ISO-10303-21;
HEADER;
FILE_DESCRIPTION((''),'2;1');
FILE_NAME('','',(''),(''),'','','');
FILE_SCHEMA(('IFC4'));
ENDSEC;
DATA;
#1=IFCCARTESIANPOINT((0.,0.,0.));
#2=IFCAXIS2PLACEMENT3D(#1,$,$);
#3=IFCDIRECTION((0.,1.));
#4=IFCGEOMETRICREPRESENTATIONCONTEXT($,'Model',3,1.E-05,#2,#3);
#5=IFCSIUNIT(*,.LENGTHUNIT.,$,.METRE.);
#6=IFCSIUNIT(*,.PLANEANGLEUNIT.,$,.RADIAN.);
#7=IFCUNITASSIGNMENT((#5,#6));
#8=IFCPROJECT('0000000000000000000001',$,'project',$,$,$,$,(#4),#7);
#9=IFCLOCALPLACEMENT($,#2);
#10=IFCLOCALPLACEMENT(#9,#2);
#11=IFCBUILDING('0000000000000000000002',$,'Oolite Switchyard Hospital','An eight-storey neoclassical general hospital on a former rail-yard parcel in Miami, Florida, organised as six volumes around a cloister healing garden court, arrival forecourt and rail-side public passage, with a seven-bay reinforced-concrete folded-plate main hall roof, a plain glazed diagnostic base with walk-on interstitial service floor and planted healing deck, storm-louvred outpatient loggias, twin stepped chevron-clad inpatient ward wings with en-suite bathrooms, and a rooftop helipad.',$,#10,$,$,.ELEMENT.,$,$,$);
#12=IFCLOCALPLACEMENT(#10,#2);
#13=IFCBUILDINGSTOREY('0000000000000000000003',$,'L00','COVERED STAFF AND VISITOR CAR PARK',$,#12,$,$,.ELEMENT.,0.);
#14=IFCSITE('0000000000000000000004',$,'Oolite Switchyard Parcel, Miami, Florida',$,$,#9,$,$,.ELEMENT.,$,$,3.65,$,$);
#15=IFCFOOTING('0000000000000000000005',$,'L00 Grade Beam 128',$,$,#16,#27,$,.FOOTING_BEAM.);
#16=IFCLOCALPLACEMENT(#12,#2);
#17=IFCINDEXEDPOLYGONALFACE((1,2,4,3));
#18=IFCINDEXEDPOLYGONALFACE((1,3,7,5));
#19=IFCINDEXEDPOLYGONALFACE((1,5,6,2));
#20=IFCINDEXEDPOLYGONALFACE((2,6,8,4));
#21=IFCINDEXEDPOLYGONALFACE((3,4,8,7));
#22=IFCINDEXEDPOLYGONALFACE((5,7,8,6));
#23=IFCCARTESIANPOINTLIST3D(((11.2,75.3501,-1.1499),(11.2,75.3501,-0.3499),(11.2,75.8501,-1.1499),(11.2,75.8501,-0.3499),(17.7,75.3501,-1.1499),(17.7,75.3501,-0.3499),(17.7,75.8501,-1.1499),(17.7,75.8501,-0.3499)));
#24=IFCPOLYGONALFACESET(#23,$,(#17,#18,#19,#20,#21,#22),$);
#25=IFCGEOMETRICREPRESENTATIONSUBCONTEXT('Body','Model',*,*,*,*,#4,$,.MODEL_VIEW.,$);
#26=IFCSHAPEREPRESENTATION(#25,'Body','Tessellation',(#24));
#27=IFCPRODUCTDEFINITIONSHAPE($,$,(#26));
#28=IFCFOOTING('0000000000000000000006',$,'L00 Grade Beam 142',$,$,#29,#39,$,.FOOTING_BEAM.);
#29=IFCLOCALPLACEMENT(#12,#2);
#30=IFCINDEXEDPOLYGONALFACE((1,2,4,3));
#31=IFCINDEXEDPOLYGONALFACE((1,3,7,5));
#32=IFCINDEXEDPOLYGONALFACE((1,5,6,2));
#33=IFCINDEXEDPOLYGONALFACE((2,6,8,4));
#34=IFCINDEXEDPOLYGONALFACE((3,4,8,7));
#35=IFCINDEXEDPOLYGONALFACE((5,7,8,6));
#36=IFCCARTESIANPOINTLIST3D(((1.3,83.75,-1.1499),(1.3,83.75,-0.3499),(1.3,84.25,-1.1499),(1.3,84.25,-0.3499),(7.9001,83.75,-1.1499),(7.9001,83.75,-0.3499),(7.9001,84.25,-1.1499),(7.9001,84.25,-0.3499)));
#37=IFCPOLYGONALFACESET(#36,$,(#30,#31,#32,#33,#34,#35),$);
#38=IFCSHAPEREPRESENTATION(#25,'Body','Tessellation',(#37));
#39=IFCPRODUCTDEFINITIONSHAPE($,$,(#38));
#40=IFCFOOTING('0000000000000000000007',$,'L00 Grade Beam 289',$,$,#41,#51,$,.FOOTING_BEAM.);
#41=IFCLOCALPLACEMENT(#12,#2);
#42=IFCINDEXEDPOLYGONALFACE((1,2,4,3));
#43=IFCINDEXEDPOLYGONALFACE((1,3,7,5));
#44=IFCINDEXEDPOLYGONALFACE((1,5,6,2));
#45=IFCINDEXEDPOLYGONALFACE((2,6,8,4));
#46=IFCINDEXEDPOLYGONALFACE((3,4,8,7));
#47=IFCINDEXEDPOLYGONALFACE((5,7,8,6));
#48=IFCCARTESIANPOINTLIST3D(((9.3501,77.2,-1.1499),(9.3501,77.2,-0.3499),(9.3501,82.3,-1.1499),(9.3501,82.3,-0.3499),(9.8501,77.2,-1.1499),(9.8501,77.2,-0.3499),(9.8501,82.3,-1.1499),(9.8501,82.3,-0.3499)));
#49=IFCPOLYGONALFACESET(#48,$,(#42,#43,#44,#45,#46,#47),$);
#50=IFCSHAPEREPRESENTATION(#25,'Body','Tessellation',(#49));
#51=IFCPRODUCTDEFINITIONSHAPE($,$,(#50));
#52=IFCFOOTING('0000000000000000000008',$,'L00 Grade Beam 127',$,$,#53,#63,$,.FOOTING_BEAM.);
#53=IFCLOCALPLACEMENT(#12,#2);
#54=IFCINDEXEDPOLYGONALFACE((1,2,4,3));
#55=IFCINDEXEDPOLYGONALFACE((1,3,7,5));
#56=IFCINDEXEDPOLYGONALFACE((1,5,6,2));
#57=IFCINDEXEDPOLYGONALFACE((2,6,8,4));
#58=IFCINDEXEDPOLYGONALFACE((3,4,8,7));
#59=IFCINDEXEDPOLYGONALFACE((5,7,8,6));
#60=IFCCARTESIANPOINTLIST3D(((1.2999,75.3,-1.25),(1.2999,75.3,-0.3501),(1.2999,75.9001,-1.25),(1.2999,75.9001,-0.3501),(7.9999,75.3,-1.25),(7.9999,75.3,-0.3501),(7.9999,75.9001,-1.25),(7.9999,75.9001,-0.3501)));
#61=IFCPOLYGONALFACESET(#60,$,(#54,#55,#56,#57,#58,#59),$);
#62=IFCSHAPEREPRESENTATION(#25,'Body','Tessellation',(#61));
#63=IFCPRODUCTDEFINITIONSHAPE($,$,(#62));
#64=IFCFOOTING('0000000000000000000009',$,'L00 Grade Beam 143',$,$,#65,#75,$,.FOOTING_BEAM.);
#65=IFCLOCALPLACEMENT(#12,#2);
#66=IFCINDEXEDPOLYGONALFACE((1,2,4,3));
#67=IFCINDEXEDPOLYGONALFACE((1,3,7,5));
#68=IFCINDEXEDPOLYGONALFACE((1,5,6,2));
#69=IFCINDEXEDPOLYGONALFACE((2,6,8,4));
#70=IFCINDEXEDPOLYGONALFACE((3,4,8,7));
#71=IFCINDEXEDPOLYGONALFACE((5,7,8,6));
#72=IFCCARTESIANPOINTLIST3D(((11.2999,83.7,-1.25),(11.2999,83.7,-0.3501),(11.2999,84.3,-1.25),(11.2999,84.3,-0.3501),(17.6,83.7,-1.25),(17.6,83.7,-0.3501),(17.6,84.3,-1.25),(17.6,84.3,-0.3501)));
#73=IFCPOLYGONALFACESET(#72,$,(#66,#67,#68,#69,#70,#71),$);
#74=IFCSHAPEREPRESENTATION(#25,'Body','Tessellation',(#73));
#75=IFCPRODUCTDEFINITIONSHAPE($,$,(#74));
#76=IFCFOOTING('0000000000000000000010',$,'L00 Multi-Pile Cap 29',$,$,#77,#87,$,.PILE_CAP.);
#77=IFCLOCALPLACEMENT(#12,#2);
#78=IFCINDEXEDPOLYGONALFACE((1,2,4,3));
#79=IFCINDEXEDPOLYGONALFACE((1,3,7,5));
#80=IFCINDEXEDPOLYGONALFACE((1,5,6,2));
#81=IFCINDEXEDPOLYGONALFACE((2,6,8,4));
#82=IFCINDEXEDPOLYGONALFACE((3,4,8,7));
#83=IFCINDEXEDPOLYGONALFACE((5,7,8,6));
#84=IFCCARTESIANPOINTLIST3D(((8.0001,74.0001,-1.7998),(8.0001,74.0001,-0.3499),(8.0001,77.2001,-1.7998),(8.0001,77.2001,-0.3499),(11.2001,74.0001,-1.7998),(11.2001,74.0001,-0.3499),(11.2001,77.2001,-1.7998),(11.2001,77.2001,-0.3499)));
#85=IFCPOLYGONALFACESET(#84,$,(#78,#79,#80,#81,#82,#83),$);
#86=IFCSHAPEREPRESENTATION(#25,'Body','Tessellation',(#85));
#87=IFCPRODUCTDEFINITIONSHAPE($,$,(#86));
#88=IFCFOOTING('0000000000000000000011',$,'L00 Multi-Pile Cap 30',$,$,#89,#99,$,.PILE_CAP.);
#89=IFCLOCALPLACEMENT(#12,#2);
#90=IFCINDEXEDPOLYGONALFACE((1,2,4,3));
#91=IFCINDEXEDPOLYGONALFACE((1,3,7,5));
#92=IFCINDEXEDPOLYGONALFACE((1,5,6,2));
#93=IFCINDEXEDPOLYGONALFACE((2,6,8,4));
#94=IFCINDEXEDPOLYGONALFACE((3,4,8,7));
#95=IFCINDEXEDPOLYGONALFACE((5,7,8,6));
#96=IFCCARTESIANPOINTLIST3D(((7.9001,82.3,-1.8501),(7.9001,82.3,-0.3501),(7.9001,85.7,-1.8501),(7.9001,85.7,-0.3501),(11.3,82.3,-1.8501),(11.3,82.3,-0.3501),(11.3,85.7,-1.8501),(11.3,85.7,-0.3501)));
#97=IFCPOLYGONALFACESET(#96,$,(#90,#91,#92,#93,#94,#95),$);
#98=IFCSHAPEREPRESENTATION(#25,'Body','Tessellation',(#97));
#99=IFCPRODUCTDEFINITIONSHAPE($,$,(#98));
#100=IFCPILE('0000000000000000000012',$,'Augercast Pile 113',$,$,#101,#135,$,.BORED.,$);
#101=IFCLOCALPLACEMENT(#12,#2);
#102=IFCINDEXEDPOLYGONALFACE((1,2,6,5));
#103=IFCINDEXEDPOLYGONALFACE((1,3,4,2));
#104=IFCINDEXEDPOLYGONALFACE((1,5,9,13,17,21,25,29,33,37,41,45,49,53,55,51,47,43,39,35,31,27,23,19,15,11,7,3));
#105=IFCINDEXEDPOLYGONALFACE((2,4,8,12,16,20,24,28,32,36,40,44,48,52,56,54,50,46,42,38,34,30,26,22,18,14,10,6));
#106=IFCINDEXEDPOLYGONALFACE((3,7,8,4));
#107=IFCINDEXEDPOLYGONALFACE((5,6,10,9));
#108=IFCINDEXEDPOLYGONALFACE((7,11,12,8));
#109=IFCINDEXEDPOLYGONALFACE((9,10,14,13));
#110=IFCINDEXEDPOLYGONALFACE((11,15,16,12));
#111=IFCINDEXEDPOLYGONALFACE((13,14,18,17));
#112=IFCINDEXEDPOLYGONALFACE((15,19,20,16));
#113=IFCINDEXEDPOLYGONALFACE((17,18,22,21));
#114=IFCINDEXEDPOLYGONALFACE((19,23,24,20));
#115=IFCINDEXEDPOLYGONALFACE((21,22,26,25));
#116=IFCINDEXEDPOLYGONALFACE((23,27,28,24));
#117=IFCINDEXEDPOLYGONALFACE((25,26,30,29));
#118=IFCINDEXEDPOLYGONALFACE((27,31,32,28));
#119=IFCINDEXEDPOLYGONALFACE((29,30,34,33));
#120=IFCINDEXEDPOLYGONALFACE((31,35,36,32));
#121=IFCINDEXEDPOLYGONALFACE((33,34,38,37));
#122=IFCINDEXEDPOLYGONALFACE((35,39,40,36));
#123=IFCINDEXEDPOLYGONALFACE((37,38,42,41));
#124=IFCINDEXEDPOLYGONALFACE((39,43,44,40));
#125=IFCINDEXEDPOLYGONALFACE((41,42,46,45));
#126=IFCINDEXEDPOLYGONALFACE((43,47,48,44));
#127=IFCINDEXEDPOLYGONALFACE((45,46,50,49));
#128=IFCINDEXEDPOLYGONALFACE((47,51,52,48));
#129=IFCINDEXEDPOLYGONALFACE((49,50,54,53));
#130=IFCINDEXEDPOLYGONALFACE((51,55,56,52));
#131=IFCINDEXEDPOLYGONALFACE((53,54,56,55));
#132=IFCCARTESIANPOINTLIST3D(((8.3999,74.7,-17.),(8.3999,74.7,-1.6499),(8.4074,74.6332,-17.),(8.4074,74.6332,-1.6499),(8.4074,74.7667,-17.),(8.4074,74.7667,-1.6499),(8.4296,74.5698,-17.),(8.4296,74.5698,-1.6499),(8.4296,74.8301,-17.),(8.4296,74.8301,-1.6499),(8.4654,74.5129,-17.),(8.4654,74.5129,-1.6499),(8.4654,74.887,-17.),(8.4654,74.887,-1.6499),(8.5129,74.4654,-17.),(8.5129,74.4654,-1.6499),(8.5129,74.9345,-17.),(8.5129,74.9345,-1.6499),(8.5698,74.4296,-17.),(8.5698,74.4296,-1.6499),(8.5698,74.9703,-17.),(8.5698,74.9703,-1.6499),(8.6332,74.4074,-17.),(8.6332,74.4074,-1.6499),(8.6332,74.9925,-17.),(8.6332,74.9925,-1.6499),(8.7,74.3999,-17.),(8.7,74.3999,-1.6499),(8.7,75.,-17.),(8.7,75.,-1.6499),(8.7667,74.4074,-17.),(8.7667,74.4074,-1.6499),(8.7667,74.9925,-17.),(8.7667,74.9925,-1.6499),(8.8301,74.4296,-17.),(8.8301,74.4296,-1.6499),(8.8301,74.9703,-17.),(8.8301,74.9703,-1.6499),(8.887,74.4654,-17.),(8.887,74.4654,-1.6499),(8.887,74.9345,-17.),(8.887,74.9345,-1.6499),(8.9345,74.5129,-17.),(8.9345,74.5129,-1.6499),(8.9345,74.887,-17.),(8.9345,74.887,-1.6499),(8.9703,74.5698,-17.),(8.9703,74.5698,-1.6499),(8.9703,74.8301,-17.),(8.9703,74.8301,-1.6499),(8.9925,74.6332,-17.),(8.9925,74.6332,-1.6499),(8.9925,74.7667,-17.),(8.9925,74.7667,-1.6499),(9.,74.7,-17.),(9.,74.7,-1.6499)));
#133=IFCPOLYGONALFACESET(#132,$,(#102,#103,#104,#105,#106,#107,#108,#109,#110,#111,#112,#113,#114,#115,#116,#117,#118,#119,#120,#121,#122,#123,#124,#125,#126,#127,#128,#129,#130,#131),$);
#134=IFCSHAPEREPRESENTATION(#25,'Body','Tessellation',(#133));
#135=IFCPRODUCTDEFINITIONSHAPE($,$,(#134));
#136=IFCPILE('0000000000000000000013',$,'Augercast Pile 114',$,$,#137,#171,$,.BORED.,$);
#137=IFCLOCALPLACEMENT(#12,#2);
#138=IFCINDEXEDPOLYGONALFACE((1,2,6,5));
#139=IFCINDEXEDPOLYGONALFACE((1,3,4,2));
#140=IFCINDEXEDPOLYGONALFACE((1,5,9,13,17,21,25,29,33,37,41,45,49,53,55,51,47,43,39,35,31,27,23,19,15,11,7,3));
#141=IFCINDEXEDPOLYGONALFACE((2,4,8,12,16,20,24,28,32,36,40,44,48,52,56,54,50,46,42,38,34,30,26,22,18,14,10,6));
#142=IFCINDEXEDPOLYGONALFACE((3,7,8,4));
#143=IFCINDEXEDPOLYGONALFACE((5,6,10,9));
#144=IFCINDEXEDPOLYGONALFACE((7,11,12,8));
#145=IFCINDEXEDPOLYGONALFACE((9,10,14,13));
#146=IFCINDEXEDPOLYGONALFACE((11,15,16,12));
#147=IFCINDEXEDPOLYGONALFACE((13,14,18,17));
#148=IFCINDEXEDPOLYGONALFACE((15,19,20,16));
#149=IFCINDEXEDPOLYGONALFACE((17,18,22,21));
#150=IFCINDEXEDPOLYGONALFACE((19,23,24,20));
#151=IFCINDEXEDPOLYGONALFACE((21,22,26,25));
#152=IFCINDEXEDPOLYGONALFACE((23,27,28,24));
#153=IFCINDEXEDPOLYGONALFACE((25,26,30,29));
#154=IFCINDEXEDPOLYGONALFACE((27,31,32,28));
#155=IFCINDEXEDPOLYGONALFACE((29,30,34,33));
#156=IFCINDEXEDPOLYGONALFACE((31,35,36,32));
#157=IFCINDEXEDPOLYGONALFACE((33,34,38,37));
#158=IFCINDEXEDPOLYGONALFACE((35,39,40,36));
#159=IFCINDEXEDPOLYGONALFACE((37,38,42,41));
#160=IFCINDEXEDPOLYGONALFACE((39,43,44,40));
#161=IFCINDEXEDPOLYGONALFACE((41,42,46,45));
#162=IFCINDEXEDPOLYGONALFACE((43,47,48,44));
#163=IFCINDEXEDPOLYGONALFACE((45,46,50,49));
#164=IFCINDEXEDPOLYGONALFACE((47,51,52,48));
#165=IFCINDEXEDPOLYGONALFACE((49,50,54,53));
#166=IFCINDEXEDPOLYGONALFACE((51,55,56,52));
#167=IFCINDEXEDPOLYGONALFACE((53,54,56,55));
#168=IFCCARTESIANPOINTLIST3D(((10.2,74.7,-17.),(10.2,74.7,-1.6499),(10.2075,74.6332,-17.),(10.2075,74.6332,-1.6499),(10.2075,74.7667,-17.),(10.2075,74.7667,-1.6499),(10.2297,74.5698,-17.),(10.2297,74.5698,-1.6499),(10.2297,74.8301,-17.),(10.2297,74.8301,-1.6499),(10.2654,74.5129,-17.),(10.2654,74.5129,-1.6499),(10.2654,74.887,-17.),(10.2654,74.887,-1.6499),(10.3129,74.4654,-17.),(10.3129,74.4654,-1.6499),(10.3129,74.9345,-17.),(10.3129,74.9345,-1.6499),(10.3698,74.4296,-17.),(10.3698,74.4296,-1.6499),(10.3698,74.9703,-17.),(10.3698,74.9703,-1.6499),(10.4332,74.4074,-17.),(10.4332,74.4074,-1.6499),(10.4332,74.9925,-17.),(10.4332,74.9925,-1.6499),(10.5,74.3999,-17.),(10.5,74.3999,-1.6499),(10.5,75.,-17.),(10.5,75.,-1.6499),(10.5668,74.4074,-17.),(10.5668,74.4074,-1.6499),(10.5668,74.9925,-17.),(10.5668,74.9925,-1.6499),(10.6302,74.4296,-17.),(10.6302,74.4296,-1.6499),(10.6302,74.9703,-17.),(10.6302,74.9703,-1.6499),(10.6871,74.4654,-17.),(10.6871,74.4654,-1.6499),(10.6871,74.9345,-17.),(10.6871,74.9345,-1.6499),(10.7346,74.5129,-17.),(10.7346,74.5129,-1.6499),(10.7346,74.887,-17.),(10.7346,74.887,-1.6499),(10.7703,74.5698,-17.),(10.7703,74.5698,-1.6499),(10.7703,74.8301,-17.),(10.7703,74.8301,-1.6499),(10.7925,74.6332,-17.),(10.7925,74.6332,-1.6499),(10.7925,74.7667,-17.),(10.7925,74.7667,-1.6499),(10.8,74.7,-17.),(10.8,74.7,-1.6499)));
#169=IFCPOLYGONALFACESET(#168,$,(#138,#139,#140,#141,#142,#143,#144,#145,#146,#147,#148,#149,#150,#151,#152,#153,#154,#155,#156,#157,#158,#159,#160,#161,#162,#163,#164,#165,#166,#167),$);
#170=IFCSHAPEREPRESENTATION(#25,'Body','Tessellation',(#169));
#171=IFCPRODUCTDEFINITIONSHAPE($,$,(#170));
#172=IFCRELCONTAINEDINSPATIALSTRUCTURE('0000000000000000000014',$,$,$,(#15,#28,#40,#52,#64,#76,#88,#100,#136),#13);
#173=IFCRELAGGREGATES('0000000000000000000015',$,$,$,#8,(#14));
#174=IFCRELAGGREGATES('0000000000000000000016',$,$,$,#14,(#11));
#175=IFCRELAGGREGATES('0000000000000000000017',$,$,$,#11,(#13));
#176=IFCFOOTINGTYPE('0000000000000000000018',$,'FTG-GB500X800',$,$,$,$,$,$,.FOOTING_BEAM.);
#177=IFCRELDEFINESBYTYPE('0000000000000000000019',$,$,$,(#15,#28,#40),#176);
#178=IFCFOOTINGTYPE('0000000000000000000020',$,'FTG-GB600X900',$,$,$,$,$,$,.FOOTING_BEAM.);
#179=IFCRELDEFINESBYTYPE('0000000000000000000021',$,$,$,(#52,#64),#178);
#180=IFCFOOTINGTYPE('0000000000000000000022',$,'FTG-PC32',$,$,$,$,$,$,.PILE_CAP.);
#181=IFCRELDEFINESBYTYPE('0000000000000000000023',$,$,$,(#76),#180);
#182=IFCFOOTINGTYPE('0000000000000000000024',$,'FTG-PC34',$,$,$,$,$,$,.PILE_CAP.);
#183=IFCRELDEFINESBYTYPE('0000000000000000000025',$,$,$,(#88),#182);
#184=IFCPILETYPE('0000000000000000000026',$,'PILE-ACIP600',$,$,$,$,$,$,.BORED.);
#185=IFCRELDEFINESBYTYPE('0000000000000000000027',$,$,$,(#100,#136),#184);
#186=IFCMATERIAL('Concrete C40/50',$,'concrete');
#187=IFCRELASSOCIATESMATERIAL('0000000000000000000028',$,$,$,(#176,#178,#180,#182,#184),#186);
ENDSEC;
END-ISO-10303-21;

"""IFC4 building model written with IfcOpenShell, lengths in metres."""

from ifc_helpers import new_model, si_unit, direction, frame, origin, origin_2d, place, context, subcontext, project, spatial, rectangle, circle, extrude, material, material_profile, profile_set, type_object, element, save


model = new_model("IFC4")

# Units and contexts
model_context = context("Model", 3, precision=1e-05, world=origin(), true_north=direction((0.0, 1.0)))
body_context = subcontext(model_context, "Body", "Model", "MODEL_VIEW")
ifc_project = project(units=[si_unit("LENGTHUNIT", "METRE"), si_unit("PLANEANGLEUNIT", "RADIAN")], contexts=[model_context])

# Site, building, storey
site_placement = place(None, origin())
site = spatial("IfcSite", under=ifc_project, at=site_placement, Name="Oolite Switchyard Parcel, Miami, Florida", CompositionType="ELEMENT", RefElevation=3.65)
building_placement = place(site_placement, origin())
building = spatial("IfcBuilding", under=site, at=building_placement, Name="Oolite Switchyard Hospital", Description="An eight-storey neoclassical general hospital on a former rail-yard parcel in Miami, Florida, organised as six volumes around a cloister healing garden court, arrival forecourt and rail-side public passage, with a seven-bay reinforced-concrete folded-plate main hall roof, a plain glazed diagnostic base with walk-on interstitial service floor and planted healing deck, storm-louvred outpatient loggias, twin stepped chevron-clad inpatient ward wings with en-suite bathrooms, and a rooftop helipad.", CompositionType="ELEMENT")
storey_placement = place(building_placement, origin())
storey = spatial("IfcBuildingStorey", under=building, at=storey_placement, Name="L00", Description="COVERED STAFF AND VISITOR CAR PARK", CompositionType="ELEMENT", Elevation=0.0)

# Footings
ifc_material_1 = material(Name="Concrete C40/50", Category="concrete")
footing_type_1 = type_object("IfcFootingType", Name="FTG-GB500X800", PredefinedType="FOOTING_BEAM", material=ifc_material_1)
footing_1_placement = place(storey_placement, frame((14.45, 75.6001, -1.1499), z_axis=(0.0, 0.0, 1.0), x_axis=(1.0, 0.0, 0.0)))
element("IfcFooting", 1, at=footing_1_placement, inside=storey, type_object=footing_type_1, Name="L00 Grade Beam 128", PredefinedType="FOOTING_BEAM", context=body_context, shape_type="SweptSolid", body=[
    extrude(rectangle(XDim=6.5, YDim=0.5, at=origin_2d()), origin(), (0.0, 0.0, 1.0), 0.8),
])
footing_2_placement = place(storey_placement, frame((4.6001, 84.0, -1.1499), z_axis=(0.0, 0.0, 1.0), x_axis=(1.0, 0.0, 0.0)))
element("IfcFooting", 2, at=footing_2_placement, inside=storey, type_object=footing_type_1, Name="L00 Grade Beam 142", PredefinedType="FOOTING_BEAM", context=body_context, shape_type="SweptSolid", body=[
    extrude(rectangle(XDim=6.6001, YDim=0.5, at=origin_2d()), origin(), (0.0, 0.0, 1.0), 0.8),
])
footing_3_placement = place(storey_placement, frame((9.6001, 79.75, -1.1499), z_axis=(0.0, 0.0, 1.0), x_axis=(0.0, 1.0, 0.0)))
element("IfcFooting", 3, at=footing_3_placement, inside=storey, type_object=footing_type_1, Name="L00 Grade Beam 289", PredefinedType="FOOTING_BEAM", context=body_context, shape_type="SweptSolid", body=[
    extrude(rectangle(XDim=5.1001, YDim=0.5, at=origin_2d()), origin(), (0.0, 0.0, 1.0), 0.8),
])
footing_type_2 = type_object("IfcFootingType", Name="FTG-GB600X900", PredefinedType="FOOTING_BEAM", material=ifc_material_1)
footing_4_placement = place(storey_placement, frame((4.6499, 75.6001, -1.25), z_axis=(0.0, 0.0, 1.0), x_axis=(1.0, 0.0, 0.0)))
element("IfcFooting", 4, at=footing_4_placement, inside=storey, type_object=footing_type_2, Name="L00 Grade Beam 127", PredefinedType="FOOTING_BEAM", context=body_context, shape_type="SweptSolid", body=[
    extrude(rectangle(XDim=6.7, YDim=0.6001, at=origin_2d()), origin(), (0.0, 0.0, 1.0), 0.8999),
])
footing_5_placement = place(storey_placement, frame((14.45, 84.0, -1.25), z_axis=(0.0, 0.0, 1.0), x_axis=(1.0, 0.0, 0.0)))
element("IfcFooting", 5, at=footing_5_placement, inside=storey, type_object=footing_type_2, Name="L00 Grade Beam 143", PredefinedType="FOOTING_BEAM", context=body_context, shape_type="SweptSolid", body=[
    extrude(rectangle(XDim=6.3, YDim=0.6001, at=origin_2d()), origin(), (0.0, 0.0, 1.0), 0.8999),
])
footing_type_3 = type_object("IfcFootingType", Name="FTG-PC32", PredefinedType="PILE_CAP", material=ifc_material_1)
footing_6_placement = place(storey_placement, frame((9.6001, 75.6001, -1.7998), z_axis=(0.0, 0.0, 1.0), x_axis=(1.0, 0.0, 0.0)))
element("IfcFooting", 6, at=footing_6_placement, inside=storey, type_object=footing_type_3, Name="L00 Multi-Pile Cap 29", PredefinedType="PILE_CAP", context=body_context, shape_type="SweptSolid", body=[
    extrude(rectangle(XDim=3.2, YDim=3.2, at=origin_2d()), origin(), (0.0, 0.0, 1.0), 1.45),
])
footing_type_4 = type_object("IfcFootingType", Name="FTG-PC34", PredefinedType="PILE_CAP", material=ifc_material_1)
footing_7_placement = place(storey_placement, frame((9.6001, 84.0, -1.8501), z_axis=(0.0, 0.0, 1.0), x_axis=(1.0, 0.0, 0.0)))
element("IfcFooting", 7, at=footing_7_placement, inside=storey, type_object=footing_type_4, Name="L00 Multi-Pile Cap 30", PredefinedType="PILE_CAP", context=body_context, shape_type="SweptSolid", body=[
    extrude(rectangle(XDim=3.3999, YDim=3.3999, at=origin_2d()), origin(), (0.0, 0.0, 1.0), 1.5),
])

# Piles
ifc_material_profile_1 = material_profile(ifc_material_1, circle(Radius=0.3, at=origin_2d()), Name="PILE600")
ifc_profile_set_1 = profile_set([ifc_material_profile_1], Name="Concrete C40/50")
pile_type = type_object("IfcPileType", Name="PILE-ACIP600", PredefinedType="BORED", material=ifc_profile_set_1)
for number, where, z_axis, x_axis, name in (
    (8, (8.7, 74.7, -1.6499), (0.0, 0.0, -1.0), (1.0, 0.0, 0.0), "Augercast Pile 113"),
    (9, (10.5, 74.7, -1.6499), (0.0, 0.0, -1.0), (1.0, 0.0, 0.0), "Augercast Pile 114"),
):
    element("IfcPile", number, at=place(storey_placement, frame(where, z_axis=z_axis, x_axis=x_axis)), inside=storey, type_object=pile_type, Name=name, PredefinedType="BORED", context=body_context, shape_type="SweptSolid", body=[
        extrude(circle(Radius=0.3, at=origin_2d()), origin(), (0.0, 0.0, 1.0), 15.3501),
    ])

save(model, "model.ifc")
